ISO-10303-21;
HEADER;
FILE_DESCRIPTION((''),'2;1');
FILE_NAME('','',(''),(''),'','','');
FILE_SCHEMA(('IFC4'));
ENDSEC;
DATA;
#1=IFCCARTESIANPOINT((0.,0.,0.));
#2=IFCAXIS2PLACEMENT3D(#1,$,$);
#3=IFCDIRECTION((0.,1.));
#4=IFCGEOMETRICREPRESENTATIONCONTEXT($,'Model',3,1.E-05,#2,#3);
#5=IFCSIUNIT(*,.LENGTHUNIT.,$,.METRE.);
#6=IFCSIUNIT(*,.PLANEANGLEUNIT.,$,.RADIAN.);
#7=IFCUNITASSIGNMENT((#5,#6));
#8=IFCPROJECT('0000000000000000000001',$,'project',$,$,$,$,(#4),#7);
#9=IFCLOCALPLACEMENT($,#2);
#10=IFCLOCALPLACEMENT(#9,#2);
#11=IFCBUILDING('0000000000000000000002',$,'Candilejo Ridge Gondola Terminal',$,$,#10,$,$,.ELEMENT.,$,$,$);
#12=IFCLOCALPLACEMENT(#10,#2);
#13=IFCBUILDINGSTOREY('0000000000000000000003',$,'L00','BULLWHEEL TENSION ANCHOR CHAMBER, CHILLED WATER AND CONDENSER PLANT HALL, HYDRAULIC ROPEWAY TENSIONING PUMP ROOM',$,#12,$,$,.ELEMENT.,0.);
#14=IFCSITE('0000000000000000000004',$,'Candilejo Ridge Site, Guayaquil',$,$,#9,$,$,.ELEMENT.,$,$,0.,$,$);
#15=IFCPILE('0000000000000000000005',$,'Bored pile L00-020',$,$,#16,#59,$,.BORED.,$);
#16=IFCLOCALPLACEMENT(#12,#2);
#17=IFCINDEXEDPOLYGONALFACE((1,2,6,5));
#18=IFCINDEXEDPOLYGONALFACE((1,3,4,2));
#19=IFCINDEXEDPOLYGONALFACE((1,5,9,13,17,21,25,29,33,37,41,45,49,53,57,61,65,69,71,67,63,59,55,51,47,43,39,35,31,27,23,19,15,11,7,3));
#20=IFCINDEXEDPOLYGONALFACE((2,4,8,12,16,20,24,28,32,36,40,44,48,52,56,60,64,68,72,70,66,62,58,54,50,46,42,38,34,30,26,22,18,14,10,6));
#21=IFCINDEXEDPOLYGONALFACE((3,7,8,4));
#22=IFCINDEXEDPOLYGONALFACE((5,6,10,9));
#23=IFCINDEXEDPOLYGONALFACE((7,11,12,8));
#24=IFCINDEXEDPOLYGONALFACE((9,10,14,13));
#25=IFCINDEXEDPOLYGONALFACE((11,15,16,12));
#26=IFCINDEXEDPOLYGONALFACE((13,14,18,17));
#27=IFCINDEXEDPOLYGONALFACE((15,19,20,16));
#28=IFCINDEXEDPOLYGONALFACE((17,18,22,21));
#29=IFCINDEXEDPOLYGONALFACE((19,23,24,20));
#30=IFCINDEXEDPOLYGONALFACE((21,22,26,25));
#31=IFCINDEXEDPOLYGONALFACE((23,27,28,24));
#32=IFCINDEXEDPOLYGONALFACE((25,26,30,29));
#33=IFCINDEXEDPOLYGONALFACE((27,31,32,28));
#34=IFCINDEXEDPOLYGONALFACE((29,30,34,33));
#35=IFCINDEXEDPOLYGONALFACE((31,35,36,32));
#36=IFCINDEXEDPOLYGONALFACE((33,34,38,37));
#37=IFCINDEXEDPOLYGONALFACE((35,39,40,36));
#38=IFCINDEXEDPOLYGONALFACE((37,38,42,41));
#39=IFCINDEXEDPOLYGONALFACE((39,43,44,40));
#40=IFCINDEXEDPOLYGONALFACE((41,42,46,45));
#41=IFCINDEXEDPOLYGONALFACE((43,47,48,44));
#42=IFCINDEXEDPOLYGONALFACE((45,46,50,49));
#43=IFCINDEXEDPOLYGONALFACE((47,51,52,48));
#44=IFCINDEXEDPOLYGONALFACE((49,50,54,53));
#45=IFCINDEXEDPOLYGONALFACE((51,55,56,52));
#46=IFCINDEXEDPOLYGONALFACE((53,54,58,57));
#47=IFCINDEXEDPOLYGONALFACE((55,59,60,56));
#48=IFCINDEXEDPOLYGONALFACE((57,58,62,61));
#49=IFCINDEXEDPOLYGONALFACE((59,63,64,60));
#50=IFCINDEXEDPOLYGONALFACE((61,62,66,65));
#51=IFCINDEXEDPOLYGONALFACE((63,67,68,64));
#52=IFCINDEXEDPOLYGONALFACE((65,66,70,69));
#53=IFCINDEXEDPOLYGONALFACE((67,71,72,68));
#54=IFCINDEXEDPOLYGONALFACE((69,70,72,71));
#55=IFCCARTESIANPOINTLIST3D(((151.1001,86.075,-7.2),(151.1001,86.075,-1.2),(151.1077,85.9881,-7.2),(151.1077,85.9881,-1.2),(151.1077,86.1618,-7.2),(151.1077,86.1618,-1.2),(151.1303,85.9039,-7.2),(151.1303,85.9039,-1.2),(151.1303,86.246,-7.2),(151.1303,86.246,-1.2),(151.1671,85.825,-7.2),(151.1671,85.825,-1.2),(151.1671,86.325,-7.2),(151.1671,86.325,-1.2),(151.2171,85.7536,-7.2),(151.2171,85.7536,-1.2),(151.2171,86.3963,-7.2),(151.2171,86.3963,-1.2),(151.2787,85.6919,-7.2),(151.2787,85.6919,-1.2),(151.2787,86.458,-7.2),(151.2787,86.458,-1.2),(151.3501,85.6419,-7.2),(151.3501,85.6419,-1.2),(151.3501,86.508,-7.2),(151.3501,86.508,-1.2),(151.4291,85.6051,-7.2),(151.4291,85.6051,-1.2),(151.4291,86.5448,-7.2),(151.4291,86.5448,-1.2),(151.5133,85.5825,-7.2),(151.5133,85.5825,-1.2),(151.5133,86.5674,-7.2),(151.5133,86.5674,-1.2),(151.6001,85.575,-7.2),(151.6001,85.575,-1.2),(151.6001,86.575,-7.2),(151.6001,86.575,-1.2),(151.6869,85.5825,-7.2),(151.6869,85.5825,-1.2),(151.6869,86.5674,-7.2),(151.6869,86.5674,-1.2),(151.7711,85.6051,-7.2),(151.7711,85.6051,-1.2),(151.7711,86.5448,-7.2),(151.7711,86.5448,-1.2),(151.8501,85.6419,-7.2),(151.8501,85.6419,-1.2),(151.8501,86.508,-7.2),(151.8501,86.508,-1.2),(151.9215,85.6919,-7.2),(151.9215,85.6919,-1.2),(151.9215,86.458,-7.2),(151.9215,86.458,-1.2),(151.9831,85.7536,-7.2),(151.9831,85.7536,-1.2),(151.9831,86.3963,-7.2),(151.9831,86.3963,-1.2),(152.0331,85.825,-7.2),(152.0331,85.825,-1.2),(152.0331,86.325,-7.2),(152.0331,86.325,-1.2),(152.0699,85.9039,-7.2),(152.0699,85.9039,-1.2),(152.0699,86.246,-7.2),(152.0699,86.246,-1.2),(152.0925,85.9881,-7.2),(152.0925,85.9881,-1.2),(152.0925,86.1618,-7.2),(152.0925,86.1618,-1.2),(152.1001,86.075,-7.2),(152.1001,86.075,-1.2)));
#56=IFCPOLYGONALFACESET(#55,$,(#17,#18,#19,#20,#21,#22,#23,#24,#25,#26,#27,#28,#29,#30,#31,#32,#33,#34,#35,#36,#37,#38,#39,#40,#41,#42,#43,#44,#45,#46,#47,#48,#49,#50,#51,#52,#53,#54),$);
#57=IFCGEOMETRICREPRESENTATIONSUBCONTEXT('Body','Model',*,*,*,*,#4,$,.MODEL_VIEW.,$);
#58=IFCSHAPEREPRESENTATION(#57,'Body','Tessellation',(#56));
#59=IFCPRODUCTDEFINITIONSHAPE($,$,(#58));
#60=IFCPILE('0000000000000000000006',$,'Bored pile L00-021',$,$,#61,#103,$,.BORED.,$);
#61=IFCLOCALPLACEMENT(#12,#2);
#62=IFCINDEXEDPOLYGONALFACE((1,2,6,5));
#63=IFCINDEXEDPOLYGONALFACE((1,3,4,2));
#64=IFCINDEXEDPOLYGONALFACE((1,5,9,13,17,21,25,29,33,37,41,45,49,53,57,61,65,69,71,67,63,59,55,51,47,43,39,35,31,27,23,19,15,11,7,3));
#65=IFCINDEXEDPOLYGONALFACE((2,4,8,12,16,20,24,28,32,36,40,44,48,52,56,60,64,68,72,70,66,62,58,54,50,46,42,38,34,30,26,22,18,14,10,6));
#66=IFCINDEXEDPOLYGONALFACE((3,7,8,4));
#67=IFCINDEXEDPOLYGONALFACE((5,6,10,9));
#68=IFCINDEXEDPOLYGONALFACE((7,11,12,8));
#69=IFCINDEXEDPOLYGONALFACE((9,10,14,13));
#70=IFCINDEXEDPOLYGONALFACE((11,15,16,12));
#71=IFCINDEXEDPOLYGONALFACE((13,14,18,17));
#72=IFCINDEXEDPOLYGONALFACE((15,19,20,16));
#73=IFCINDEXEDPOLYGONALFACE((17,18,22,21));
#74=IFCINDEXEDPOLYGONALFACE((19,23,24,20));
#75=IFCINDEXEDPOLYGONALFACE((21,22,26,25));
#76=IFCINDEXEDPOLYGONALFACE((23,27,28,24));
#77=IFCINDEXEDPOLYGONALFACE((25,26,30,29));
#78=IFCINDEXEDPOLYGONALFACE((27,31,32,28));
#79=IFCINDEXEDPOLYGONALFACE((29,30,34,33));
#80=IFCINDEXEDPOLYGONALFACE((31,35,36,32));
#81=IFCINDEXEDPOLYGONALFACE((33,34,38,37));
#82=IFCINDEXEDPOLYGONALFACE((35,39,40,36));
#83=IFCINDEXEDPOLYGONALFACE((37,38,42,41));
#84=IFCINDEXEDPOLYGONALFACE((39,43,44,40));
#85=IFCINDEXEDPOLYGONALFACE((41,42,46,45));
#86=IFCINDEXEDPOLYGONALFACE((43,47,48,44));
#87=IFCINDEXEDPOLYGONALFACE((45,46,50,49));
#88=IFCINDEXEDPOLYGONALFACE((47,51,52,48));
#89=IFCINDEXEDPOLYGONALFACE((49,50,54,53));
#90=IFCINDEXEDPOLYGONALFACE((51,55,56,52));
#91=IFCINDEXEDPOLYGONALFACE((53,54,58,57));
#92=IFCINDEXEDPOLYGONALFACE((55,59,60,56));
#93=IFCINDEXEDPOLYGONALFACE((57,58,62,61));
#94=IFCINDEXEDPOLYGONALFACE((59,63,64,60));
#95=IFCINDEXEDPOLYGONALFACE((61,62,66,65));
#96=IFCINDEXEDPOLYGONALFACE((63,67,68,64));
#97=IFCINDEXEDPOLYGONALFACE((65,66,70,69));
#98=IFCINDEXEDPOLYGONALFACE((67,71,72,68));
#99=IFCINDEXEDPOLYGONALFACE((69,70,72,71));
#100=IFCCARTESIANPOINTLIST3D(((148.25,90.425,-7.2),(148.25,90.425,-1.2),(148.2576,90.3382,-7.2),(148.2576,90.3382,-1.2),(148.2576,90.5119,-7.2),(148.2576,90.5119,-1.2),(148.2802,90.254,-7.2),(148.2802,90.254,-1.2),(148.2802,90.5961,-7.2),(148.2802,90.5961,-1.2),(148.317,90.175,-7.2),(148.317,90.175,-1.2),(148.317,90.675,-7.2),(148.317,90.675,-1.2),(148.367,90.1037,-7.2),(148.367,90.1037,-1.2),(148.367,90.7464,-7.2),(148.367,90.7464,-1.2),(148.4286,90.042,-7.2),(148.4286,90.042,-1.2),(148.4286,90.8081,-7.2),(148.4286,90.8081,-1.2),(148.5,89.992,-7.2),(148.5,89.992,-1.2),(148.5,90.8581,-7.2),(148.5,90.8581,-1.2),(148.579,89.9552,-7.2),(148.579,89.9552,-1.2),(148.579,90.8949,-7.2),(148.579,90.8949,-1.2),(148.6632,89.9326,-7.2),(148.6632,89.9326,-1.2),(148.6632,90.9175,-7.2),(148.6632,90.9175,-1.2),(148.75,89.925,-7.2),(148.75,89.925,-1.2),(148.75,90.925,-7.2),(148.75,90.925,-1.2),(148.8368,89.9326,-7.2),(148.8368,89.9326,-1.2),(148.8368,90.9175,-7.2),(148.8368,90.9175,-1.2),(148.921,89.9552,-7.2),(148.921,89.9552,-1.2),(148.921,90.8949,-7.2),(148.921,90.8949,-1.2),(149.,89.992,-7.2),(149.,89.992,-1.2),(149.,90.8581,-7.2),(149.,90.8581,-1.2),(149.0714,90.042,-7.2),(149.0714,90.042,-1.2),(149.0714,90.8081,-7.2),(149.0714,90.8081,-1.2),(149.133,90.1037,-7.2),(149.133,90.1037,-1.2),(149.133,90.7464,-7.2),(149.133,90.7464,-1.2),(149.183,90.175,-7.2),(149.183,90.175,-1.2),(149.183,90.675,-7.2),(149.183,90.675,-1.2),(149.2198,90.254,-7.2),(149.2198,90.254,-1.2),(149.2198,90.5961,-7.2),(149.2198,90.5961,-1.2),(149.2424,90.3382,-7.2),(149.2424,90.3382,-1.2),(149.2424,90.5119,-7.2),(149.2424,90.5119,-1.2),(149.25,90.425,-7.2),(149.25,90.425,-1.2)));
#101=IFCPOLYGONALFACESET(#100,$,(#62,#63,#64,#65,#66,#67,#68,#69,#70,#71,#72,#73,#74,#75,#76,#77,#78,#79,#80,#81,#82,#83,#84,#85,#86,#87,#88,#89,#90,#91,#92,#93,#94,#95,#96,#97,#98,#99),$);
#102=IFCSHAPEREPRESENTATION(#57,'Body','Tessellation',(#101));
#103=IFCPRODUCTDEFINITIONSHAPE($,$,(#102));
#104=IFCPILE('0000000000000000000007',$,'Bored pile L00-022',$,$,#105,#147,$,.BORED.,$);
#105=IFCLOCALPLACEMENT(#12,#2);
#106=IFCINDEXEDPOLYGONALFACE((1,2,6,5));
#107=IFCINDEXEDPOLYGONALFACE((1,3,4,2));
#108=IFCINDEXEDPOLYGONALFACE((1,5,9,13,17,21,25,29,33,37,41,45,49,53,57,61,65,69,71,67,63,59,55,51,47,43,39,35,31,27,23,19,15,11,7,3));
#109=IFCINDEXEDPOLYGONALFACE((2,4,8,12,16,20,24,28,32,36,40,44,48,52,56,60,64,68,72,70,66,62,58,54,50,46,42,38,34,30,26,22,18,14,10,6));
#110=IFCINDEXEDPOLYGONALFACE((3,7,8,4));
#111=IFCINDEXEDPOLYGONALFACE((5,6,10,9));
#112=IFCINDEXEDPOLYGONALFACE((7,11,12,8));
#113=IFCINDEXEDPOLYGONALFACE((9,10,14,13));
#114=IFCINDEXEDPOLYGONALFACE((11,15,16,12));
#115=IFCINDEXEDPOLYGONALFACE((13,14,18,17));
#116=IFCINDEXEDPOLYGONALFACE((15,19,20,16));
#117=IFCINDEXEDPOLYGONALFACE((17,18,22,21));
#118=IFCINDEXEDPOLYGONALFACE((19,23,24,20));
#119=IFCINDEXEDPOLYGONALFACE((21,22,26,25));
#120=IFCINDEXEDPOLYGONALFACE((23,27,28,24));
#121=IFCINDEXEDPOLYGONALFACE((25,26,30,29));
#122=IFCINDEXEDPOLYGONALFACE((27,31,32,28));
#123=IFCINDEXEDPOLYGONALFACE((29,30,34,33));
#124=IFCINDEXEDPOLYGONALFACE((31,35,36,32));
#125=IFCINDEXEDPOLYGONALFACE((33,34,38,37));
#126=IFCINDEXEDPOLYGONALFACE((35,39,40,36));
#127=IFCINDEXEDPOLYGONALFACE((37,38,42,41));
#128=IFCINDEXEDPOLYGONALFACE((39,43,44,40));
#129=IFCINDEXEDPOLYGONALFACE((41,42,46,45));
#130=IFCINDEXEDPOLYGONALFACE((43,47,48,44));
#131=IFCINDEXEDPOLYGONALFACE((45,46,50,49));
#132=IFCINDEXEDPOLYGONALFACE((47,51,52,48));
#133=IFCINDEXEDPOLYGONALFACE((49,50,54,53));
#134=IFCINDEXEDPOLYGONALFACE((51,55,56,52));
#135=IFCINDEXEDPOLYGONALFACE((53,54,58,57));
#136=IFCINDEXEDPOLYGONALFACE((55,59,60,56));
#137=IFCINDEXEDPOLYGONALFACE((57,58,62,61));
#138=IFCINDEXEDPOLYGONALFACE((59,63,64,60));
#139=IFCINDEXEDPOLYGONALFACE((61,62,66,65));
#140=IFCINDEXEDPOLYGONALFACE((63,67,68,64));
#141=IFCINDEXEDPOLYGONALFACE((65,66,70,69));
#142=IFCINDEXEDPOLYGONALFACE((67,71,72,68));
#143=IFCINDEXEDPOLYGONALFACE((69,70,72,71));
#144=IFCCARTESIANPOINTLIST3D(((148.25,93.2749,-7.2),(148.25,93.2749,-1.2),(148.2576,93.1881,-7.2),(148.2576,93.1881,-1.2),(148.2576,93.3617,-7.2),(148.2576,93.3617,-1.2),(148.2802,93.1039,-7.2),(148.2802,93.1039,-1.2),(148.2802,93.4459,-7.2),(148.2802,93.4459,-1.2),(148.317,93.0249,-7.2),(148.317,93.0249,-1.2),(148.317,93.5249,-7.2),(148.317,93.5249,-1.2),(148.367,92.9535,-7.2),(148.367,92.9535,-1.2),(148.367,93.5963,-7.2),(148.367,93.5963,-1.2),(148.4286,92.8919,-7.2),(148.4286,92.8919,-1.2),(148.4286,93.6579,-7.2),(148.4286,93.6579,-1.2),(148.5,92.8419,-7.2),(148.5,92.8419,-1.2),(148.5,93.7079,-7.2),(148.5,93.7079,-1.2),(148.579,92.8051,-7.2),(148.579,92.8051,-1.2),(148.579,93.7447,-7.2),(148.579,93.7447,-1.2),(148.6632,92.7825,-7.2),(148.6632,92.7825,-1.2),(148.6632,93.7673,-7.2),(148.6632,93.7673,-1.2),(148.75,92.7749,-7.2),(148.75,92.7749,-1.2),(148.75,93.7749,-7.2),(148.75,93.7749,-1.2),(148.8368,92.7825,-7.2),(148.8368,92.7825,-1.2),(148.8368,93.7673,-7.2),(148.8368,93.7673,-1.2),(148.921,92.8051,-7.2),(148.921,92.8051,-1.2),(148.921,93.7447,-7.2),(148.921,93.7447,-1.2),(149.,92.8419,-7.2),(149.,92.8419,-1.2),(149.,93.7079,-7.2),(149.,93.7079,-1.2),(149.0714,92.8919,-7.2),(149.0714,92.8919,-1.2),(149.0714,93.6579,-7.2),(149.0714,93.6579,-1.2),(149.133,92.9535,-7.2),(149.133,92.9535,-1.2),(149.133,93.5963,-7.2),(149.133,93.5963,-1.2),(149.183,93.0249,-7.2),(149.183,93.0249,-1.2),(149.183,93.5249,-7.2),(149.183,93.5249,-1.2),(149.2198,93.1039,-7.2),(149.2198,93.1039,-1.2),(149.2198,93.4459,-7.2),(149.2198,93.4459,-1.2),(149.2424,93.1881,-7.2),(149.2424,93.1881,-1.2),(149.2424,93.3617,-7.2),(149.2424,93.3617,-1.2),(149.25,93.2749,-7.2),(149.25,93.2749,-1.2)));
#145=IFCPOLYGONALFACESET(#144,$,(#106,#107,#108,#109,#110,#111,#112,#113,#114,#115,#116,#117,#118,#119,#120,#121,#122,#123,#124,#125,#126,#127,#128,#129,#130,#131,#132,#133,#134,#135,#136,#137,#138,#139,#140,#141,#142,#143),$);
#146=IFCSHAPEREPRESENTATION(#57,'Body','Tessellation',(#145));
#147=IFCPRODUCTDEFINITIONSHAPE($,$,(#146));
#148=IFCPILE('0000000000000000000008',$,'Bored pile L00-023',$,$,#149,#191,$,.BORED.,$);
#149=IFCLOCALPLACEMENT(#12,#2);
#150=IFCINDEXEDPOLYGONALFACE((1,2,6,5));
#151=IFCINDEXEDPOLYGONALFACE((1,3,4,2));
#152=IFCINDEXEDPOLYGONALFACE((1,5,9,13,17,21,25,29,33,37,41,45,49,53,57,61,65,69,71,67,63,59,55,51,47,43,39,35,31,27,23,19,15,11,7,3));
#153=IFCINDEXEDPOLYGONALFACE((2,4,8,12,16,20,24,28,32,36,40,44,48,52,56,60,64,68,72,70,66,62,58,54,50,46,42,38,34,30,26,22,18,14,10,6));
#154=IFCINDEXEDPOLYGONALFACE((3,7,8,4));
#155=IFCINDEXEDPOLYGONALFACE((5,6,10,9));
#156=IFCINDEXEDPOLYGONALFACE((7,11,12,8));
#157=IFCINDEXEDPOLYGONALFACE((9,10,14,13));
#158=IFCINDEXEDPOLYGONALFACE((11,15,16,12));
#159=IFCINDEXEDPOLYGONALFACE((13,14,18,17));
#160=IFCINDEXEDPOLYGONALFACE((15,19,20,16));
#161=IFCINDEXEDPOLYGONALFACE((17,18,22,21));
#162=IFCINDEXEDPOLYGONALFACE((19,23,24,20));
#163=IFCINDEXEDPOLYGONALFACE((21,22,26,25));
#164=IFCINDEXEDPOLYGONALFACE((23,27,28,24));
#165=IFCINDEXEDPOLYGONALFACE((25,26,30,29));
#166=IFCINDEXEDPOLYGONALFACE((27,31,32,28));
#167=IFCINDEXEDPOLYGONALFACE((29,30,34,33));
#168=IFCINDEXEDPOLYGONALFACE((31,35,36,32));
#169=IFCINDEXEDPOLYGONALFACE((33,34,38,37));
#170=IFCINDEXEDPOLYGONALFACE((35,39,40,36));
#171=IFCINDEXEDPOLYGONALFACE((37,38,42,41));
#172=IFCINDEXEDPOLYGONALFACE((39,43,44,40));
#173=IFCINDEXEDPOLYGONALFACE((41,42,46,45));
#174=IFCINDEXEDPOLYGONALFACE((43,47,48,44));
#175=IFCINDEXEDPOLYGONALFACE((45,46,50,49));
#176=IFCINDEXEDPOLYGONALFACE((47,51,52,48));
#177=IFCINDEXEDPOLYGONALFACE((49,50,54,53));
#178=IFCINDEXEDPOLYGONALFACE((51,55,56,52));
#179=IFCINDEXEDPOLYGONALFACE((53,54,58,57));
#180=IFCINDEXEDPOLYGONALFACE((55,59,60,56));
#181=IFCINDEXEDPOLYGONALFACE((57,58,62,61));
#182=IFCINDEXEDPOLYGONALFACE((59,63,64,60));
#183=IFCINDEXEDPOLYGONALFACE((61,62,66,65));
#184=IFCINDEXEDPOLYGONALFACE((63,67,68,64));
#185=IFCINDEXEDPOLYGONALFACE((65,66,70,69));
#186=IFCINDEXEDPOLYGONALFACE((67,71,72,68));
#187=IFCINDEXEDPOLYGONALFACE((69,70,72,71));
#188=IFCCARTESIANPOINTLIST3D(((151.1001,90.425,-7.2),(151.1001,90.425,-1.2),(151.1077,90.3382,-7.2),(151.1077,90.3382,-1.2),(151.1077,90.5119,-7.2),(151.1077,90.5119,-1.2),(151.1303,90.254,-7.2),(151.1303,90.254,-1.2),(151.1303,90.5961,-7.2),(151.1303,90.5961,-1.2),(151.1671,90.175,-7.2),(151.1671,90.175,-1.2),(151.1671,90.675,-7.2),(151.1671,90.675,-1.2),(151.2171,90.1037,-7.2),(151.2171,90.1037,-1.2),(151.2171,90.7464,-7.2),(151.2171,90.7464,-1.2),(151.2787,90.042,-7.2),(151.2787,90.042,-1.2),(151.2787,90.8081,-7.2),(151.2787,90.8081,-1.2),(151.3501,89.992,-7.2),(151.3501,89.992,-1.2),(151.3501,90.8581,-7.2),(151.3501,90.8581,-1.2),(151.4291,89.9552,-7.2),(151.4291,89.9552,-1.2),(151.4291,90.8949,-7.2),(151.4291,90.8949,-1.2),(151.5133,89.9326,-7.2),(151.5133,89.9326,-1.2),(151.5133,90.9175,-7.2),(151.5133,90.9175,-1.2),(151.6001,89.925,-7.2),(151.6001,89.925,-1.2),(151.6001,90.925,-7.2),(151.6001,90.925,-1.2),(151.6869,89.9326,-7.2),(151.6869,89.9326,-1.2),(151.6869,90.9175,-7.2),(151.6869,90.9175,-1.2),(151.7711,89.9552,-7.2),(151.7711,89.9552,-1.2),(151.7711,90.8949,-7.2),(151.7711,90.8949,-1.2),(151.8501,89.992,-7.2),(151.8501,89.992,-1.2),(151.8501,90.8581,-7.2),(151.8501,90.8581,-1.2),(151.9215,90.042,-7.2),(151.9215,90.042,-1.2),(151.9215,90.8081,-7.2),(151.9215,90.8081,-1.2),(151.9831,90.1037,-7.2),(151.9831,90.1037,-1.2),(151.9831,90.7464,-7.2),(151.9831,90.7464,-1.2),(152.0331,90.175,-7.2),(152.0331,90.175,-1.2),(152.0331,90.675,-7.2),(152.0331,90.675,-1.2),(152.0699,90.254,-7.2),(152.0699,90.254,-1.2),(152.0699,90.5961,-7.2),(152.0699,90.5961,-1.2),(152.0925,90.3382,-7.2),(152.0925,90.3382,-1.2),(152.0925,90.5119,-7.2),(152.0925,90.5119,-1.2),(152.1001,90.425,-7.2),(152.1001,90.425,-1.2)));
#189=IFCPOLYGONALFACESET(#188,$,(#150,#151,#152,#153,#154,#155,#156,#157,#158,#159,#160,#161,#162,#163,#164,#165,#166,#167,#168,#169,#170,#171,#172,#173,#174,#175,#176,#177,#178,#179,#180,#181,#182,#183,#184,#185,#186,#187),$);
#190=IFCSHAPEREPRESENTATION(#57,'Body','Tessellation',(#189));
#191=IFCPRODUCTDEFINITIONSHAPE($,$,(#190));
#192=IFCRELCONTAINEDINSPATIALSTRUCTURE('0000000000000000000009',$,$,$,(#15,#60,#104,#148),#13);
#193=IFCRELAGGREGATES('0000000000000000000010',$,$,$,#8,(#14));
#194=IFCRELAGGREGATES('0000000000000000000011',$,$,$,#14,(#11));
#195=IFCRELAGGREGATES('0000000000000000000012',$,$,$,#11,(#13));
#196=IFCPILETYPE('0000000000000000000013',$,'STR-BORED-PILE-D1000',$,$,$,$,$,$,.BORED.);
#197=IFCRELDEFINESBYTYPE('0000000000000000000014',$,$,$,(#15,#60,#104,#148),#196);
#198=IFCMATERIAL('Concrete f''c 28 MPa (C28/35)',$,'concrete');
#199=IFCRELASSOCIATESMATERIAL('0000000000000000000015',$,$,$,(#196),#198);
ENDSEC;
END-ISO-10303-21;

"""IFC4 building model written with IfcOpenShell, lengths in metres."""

from ifc_helpers import new_model, si_unit, direction, frame, origin, origin_2d, place, context, subcontext, project, spatial, circle, extrude, material, material_profile, profile_set, type_object, element, save


model = new_model("IFC4")

# Units and contexts
model_context = context("Model", 3, precision=1e-05, world=origin(), true_north=direction((0.0, 1.0)))
body_context = subcontext(model_context, "Body", "Model", "MODEL_VIEW")
ifc_project = project(units=[si_unit("LENGTHUNIT", "METRE"), si_unit("PLANEANGLEUNIT", "RADIAN")], contexts=[model_context])

# Site, building, storey
site_placement = place(None, origin())
site = spatial("IfcSite", under=ifc_project, at=site_placement, Name="Candilejo Ridge Site, Guayaquil", CompositionType="ELEMENT", RefElevation=0.0)
building_placement = place(site_placement, origin())
building = spatial("IfcBuilding", under=site, at=building_placement, Name="Candilejo Ridge Gondola Terminal", CompositionType="ELEMENT")
storey_placement = place(building_placement, origin())
storey = spatial("IfcBuildingStorey", under=building, at=storey_placement, Name="L00", Description="BULLWHEEL TENSION ANCHOR CHAMBER, CHILLED WATER AND CONDENSER PLANT HALL, HYDRAULIC ROPEWAY TENSIONING PUMP ROOM", CompositionType="ELEMENT", Elevation=0.0)

# Piles
ifc_material_1 = material(Name="Concrete f'c 28 MPa (C28/35)", Category="concrete")
ifc_material_profile_1 = material_profile(ifc_material_1, circle(Radius=0.5, at=origin_2d()))
ifc_profile_set_1 = profile_set([ifc_material_profile_1], Name="Concrete f'c 28 MPa (C28/35)")
pile_type = type_object("IfcPileType", Name="STR-BORED-PILE-D1000", PredefinedType="BORED", material=ifc_profile_set_1)
for number, where, z_axis, x_axis, name in (
    (1, (151.6001, 86.075, -1.2), (0.0, 0.0, -1.0), (1.0, 0.0, 0.0), "Bored pile L00-020"),
    (2, (148.75, 90.425, -1.2), (0.0, 0.0, -1.0), (1.0, 0.0, 0.0), "Bored pile L00-021"),
    (3, (148.75, 93.2749, -1.2), (0.0, 0.0, -1.0), (1.0, 0.0, 0.0), "Bored pile L00-022"),
    (4, (151.6001, 90.425, -1.2), (0.0, 0.0, -1.0), (1.0, 0.0, 0.0), "Bored pile L00-023"),
):
    element("IfcPile", number, at=place(storey_placement, frame(where, z_axis=z_axis, x_axis=x_axis)), inside=storey, type_object=pile_type, Name=name, PredefinedType="BORED", context=body_context, shape_type="SweptSolid", body=[
        extrude(circle(Radius=0.5, at=origin_2d()), origin(), (0.0, 0.0, 1.0), 6.0),
    ])

save(model, "model.ifc")
